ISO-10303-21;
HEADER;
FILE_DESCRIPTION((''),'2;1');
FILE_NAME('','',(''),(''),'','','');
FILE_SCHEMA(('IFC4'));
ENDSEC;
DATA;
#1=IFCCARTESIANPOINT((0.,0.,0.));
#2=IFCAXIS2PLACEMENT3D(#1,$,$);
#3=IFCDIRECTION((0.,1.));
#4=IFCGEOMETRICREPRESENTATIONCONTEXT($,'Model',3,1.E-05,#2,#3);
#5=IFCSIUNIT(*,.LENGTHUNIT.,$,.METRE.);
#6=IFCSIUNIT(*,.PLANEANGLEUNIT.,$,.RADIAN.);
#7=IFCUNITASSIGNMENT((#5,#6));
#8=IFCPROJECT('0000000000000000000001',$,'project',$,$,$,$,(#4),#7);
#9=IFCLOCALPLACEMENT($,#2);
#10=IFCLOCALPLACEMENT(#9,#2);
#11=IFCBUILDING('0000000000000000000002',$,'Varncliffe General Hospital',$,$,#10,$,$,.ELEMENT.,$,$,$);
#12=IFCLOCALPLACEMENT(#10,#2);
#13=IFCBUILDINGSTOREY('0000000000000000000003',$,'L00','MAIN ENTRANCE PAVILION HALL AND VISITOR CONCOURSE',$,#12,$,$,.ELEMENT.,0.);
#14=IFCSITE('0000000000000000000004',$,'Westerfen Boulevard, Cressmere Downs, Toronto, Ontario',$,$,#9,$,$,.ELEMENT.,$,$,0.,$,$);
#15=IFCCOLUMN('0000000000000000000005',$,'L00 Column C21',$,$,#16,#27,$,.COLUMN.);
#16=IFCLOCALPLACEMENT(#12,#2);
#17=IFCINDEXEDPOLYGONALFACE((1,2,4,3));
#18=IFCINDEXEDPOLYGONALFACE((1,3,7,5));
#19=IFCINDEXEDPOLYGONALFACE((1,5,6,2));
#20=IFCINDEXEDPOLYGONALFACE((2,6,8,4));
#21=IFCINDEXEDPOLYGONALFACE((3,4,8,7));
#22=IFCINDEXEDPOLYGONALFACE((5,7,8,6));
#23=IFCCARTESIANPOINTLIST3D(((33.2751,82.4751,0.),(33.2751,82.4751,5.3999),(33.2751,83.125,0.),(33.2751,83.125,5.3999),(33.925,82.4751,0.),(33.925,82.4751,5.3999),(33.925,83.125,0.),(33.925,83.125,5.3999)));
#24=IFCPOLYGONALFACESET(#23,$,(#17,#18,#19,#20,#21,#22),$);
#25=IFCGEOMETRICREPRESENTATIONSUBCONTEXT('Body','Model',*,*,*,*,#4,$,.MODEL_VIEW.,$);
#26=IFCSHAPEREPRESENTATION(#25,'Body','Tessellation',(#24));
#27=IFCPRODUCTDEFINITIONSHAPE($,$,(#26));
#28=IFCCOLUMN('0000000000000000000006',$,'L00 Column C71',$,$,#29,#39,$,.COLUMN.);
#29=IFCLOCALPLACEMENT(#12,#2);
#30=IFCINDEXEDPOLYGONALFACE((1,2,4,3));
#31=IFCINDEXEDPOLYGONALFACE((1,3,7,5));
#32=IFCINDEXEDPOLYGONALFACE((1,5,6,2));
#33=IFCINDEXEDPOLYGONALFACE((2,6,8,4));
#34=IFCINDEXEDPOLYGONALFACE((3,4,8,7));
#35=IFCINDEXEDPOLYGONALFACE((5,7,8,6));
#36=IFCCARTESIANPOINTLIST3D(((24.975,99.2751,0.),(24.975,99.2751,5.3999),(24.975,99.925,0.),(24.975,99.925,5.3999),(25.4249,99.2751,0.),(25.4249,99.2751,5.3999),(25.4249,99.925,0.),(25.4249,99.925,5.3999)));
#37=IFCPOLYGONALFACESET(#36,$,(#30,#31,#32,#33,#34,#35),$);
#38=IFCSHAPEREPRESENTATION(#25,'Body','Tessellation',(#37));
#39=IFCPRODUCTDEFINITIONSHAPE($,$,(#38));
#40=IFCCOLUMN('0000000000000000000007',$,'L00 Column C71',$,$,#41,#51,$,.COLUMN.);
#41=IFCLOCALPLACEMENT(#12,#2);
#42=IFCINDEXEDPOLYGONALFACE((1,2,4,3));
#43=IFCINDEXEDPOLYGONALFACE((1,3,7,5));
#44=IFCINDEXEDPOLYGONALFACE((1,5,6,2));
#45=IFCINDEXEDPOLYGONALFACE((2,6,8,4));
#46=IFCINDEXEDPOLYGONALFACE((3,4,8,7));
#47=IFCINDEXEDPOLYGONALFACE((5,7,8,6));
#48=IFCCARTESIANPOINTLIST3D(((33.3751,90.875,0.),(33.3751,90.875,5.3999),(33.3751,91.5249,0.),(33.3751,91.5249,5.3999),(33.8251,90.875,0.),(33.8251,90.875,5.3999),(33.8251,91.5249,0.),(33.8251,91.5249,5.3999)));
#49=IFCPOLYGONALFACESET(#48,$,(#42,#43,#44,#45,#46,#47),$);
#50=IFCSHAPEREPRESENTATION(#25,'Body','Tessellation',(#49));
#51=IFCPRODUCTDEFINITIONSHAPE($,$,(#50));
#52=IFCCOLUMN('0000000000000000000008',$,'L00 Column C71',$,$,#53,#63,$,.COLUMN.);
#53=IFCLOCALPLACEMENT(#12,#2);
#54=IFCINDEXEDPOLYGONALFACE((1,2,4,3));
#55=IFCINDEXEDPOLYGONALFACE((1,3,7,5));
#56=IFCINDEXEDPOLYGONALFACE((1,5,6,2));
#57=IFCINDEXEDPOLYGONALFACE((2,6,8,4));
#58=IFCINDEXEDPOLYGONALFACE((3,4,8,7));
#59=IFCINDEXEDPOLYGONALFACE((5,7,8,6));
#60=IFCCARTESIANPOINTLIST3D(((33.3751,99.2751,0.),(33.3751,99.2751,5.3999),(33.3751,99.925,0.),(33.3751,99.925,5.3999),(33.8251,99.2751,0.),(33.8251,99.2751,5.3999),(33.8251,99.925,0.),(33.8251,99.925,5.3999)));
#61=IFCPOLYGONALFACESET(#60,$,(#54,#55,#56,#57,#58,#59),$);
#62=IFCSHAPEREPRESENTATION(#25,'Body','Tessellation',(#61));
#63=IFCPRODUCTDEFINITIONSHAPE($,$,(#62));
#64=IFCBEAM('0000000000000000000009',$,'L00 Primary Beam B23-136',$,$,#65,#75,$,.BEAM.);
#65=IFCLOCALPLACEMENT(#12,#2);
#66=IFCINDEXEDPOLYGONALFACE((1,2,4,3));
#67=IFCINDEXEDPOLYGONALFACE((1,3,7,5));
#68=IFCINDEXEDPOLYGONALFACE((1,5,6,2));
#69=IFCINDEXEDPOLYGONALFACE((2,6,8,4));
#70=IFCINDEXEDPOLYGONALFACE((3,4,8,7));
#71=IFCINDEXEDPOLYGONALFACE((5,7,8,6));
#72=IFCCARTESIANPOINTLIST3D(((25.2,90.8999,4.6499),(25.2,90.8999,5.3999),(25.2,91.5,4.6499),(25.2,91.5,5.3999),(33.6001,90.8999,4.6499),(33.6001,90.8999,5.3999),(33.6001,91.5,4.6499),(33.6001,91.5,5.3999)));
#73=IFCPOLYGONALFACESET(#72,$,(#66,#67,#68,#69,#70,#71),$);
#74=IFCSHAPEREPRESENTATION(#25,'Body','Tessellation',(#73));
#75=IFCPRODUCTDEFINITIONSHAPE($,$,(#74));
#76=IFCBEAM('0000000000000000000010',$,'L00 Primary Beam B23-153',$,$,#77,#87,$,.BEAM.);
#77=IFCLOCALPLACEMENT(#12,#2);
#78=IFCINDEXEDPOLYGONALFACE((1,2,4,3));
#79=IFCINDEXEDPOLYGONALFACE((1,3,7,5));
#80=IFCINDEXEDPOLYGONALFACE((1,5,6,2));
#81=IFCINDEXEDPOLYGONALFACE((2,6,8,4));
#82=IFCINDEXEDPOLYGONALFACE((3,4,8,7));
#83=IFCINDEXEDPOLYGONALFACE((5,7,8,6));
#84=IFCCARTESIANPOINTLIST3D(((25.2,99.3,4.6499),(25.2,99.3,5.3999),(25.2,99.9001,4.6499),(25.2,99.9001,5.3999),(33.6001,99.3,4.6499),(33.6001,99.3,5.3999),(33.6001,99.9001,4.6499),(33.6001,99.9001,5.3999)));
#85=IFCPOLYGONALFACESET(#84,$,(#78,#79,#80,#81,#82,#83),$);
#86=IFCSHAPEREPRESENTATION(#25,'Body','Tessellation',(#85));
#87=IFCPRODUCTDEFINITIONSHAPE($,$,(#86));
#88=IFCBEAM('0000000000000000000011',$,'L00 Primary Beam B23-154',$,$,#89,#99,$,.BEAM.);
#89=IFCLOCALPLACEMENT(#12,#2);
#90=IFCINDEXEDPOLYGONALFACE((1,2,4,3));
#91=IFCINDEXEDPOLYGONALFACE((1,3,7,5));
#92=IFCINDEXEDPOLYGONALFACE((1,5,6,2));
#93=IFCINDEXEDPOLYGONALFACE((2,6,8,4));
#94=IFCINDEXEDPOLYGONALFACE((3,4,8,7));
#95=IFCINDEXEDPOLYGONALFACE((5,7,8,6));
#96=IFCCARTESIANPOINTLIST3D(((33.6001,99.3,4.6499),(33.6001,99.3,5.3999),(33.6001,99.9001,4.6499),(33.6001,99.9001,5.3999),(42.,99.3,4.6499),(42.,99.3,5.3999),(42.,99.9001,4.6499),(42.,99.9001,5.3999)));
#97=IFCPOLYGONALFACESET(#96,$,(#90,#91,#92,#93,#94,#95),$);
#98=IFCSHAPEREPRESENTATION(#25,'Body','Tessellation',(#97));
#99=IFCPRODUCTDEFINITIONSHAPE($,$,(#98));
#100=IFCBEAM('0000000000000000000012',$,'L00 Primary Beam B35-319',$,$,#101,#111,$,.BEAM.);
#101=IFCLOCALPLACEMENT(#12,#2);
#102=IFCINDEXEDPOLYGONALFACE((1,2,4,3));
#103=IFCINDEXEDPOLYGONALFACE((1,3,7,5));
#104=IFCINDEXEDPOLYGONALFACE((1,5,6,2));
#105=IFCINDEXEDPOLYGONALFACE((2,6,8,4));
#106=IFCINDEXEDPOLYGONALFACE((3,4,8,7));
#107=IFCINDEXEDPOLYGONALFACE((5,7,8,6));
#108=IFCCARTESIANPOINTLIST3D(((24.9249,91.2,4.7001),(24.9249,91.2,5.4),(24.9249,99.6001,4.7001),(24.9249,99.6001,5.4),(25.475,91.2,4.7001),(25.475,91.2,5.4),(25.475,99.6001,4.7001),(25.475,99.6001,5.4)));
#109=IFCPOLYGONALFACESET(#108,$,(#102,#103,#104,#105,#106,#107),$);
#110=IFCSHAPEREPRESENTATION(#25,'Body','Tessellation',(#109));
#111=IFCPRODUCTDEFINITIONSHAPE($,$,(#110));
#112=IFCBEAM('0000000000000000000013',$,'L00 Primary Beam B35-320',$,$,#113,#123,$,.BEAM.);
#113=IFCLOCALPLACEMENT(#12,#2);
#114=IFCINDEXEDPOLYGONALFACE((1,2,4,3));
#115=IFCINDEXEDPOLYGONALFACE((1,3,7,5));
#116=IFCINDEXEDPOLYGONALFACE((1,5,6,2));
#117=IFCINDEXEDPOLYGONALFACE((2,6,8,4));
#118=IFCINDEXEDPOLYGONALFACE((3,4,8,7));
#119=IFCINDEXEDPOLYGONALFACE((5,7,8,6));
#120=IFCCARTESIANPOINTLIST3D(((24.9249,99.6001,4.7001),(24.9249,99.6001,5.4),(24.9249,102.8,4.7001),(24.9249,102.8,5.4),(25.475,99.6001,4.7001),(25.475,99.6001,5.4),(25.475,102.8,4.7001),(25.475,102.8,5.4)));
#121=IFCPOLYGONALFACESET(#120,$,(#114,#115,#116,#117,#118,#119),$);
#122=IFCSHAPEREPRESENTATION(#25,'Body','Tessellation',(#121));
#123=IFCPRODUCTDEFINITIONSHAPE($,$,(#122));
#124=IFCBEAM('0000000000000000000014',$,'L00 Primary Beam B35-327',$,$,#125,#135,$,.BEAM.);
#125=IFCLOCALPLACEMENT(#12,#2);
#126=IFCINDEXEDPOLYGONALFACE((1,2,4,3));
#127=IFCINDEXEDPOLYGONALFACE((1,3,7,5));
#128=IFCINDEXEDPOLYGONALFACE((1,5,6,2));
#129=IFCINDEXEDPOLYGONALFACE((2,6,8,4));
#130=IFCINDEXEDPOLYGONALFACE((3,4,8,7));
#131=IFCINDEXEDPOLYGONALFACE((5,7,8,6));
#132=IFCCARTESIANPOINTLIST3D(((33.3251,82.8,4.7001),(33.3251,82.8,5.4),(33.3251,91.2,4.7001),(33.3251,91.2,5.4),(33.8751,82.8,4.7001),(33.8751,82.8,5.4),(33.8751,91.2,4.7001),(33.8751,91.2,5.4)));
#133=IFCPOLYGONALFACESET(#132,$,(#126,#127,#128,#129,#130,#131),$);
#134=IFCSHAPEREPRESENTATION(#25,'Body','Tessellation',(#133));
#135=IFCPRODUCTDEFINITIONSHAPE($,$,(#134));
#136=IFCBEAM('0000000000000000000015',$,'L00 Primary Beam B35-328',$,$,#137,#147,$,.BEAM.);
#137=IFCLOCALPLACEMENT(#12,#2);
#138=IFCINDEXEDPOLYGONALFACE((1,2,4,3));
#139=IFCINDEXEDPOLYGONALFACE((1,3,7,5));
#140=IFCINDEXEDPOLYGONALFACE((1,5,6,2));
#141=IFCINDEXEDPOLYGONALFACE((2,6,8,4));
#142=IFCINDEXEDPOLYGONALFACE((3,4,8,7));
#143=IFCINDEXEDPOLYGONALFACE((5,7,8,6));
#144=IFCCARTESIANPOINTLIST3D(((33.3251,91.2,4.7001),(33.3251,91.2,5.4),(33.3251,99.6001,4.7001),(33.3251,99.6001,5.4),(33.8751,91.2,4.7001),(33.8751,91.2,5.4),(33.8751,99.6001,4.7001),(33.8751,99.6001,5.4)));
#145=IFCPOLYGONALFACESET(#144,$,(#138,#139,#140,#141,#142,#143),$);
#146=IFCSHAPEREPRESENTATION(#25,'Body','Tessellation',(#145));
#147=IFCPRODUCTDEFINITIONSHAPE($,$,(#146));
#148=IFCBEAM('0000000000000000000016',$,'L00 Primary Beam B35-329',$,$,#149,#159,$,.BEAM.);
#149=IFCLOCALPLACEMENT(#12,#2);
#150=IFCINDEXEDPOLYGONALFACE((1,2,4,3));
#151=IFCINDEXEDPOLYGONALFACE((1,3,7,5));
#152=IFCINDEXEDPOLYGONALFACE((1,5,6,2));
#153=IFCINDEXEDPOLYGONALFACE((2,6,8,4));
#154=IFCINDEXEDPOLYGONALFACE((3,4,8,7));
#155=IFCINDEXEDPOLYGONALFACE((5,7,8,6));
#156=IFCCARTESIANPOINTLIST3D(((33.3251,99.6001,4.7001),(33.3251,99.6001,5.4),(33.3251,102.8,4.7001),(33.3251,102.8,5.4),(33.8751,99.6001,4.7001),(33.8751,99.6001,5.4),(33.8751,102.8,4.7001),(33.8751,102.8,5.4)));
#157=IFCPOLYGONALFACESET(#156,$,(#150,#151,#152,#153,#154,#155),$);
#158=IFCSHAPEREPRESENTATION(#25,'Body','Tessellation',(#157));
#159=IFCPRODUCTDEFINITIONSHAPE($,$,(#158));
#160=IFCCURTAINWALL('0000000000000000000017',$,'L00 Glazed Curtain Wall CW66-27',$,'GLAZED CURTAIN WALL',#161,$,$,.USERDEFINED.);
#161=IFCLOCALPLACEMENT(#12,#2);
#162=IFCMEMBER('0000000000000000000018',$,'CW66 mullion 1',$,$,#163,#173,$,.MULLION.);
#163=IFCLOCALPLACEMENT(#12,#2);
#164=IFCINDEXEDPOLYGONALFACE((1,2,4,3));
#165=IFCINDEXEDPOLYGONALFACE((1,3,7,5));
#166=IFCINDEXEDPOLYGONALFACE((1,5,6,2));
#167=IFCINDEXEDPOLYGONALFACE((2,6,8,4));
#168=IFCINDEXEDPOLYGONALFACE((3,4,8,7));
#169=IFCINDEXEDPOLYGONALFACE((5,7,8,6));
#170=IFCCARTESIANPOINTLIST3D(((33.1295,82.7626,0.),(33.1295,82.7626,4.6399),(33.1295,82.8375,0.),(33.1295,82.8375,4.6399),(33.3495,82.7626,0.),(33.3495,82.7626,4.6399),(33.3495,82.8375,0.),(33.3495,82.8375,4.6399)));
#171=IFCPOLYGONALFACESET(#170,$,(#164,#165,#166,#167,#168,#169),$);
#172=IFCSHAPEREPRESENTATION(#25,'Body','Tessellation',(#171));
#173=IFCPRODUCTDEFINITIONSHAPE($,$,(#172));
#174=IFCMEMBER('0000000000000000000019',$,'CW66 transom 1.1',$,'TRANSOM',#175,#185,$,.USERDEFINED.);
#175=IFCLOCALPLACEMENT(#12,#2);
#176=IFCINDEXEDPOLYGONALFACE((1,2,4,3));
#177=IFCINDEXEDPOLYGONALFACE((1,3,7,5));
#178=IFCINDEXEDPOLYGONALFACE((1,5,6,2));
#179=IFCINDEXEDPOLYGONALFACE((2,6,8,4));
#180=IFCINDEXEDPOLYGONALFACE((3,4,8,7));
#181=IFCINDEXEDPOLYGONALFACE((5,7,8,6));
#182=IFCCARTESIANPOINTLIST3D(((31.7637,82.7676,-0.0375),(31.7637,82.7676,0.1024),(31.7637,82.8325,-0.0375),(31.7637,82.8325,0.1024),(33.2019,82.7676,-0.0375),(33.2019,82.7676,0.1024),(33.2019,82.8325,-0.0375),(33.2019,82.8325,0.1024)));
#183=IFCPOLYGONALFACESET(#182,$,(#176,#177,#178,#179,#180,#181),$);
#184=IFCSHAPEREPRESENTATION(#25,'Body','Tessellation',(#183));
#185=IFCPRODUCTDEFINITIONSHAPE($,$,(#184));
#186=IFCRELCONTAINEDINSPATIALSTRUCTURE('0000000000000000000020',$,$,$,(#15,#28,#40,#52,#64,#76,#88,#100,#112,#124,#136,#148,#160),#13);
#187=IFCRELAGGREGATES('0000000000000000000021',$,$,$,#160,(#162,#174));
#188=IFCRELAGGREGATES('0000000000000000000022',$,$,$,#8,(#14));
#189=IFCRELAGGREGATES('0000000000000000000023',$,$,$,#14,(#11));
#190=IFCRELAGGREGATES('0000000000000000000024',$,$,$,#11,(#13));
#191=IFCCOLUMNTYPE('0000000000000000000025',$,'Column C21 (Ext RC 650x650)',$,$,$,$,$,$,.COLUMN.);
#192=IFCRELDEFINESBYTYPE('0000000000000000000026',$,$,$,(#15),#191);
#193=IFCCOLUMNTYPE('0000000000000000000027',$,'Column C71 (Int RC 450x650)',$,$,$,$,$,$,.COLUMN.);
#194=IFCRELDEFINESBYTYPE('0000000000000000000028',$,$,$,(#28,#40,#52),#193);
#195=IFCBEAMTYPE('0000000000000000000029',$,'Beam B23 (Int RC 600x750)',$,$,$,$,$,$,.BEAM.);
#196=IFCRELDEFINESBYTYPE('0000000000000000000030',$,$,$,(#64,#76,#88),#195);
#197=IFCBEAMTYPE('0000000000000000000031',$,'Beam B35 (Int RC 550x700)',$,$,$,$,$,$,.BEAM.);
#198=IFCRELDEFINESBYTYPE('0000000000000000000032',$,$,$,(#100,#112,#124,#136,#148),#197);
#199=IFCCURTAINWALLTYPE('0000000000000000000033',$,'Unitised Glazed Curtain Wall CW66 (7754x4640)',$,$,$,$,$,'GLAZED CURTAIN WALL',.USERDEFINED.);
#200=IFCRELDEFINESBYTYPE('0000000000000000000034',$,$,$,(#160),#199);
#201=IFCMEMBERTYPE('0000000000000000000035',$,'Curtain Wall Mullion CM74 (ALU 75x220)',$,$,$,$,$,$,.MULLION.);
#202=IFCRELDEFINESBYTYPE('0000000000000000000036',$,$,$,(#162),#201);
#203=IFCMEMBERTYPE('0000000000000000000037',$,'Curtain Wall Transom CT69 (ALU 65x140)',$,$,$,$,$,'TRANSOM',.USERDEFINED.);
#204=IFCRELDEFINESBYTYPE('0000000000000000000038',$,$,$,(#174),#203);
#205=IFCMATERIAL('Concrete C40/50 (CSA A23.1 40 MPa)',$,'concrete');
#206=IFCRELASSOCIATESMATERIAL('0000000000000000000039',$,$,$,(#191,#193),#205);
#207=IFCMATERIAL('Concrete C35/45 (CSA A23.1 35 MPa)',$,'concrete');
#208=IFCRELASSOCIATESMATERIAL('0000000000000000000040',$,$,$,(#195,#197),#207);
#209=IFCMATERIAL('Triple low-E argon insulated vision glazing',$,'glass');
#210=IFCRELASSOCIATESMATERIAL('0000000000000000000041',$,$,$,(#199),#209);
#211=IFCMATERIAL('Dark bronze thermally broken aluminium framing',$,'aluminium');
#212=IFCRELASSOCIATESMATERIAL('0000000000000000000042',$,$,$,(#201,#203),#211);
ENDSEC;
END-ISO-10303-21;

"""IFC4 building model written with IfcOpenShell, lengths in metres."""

from ifc_helpers import new_model, si_unit, direction, frame, origin, origin_2d, place, context, subcontext, project, spatial, rectangle, extrude, material, material_profile, profile_set, type_object, element, aggregate, save


model = new_model("IFC4")

# Units and contexts
model_context = context("Model", 3, precision=1e-05, world=origin(), true_north=direction((0.0, 1.0)))
body_context = subcontext(model_context, "Body", "Model", "MODEL_VIEW")
ifc_project = project(units=[si_unit("LENGTHUNIT", "METRE"), si_unit("PLANEANGLEUNIT", "RADIAN")], contexts=[model_context])

# Site, building, storey
site_placement = place(None, origin())
site = spatial("IfcSite", under=ifc_project, at=site_placement, Name="Westerfen Boulevard, Cressmere Downs, Toronto, Ontario", CompositionType="ELEMENT", RefElevation=0.0)
building_placement = place(site_placement, origin())
building = spatial("IfcBuilding", under=site, at=building_placement, Name="Varncliffe General Hospital", CompositionType="ELEMENT")
storey_placement = place(building_placement, origin())
storey = spatial("IfcBuildingStorey", under=building, at=storey_placement, Name="L00", Description="MAIN ENTRANCE PAVILION HALL AND VISITOR CONCOURSE", CompositionType="ELEMENT", Elevation=0.0)

# Columns
ifc_material_1 = material(Name="Concrete C40/50 (CSA A23.1 40 MPa)", Category="concrete")
ifc_material_profile_1 = material_profile(ifc_material_1, rectangle(XDim=0.6499, YDim=0.6499, at=origin_2d()), Name="RC 650x650")
ifc_profile_set_1 = profile_set([ifc_material_profile_1], Name="Concrete C40/50 (CSA A23.1 40 MPa)")
column_type_1 = type_object("IfcColumnType", Name="Column C21 (Ext RC 650x650)", PredefinedType="COLUMN", material=ifc_profile_set_1)
column_placement = place(storey_placement, frame((33.6001, 82.8, 0.0), z_axis=(0.0, 0.0, 1.0), x_axis=(1.0, 0.0, 0.0)))
element("IfcColumn", 1, at=column_placement, inside=storey, type_object=column_type_1, Name="L00 Column C21", PredefinedType="COLUMN", context=body_context, shape_type="SweptSolid", body=[
    extrude(rectangle(XDim=0.6499, YDim=0.6499, at=origin_2d()), origin(), (0.0, 0.0, 1.0), 5.3999),
])
ifc_material_profile_2 = material_profile(ifc_material_1, rectangle(XDim=0.45, YDim=0.6499, at=origin_2d()), Name="RC 450x650")
ifc_profile_set_2 = profile_set([ifc_material_profile_2], Name="Concrete C40/50 (CSA A23.1 40 MPa)")
column_type_2 = type_object("IfcColumnType", Name="Column C71 (Int RC 450x650)", PredefinedType="COLUMN", material=ifc_profile_set_2)
for number, where, z_axis, x_axis, name in (
    (2, (25.2, 99.6001, 0.0), (0.0, 0.0, 1.0), (1.0, 0.0, 0.0), "L00 Column C71"),
    (3, (33.6001, 91.2, 0.0), (0.0, 0.0, 1.0), (1.0, 0.0, 0.0), "L00 Column C71"),
    (4, (33.6001, 99.6001, 0.0), (0.0, 0.0, 1.0), (1.0, 0.0, 0.0), "L00 Column C71"),
):
    element("IfcColumn", number, at=place(storey_placement, frame(where, z_axis=z_axis, x_axis=x_axis)), inside=storey, type_object=column_type_2, Name=name, PredefinedType="COLUMN", context=body_context, shape_type="SweptSolid", body=[
        extrude(rectangle(XDim=0.45, YDim=0.6499, at=origin_2d()), origin(), (0.0, 0.0, 1.0), 5.3999),
    ])

# Beams
ifc_material_2 = material(Name="Concrete C35/45 (CSA A23.1 35 MPa)", Category="concrete")
ifc_material_profile_3 = material_profile(ifc_material_2, rectangle(XDim=0.6001, YDim=0.75, at=origin_2d()), Name="RC 600x750")
ifc_profile_set_3 = profile_set([ifc_material_profile_3], Name="Concrete C35/45 (CSA A23.1 35 MPa)")
beam_type_1 = type_object("IfcBeamType", Name="Beam B23 (Int RC 600x750)", PredefinedType="BEAM", material=ifc_profile_set_3)
for number, where, z_axis, x_axis, name in (
    (5, (25.2, 91.2, 5.0249), (1.0, 0.0, 0.0), (0.0, 1.0, 0.0), "L00 Primary Beam B23-136"),
    (6, (25.2, 99.6001, 5.0249), (1.0, 0.0, 0.0), (0.0, 1.0, 0.0), "L00 Primary Beam B23-153"),
):
    element("IfcBeam", number, at=place(storey_placement, frame(where, z_axis=z_axis, x_axis=x_axis)), inside=storey, type_object=beam_type_1, Name=name, PredefinedType="BEAM", context=body_context, shape_type="SweptSolid", body=[
        extrude(rectangle(XDim=0.6001, YDim=0.75, at=origin_2d()), origin(), (0.0, 0.0, 1.0), 8.4001),
    ])
beam_1_placement = place(storey_placement, frame((33.6001, 99.6001, 5.0249), z_axis=(1.0, 0.0, 0.0), x_axis=(0.0, 1.0, 0.0)))
element("IfcBeam", 7, at=beam_1_placement, inside=storey, type_object=beam_type_1, Name="L00 Primary Beam B23-154", PredefinedType="BEAM", context=body_context, shape_type="SweptSolid", body=[
    extrude(rectangle(XDim=0.6001, YDim=0.75, at=origin_2d()), origin(), (0.0, 0.0, 1.0), 8.3999),
])
ifc_material_profile_4 = material_profile(ifc_material_2, rectangle(XDim=0.55, YDim=0.7, at=origin_2d()), Name="RC 550x700")
ifc_profile_set_4 = profile_set([ifc_material_profile_4], Name="Concrete C35/45 (CSA A23.1 35 MPa)")
beam_type_2 = type_object("IfcBeamType", Name="Beam B35 (Int RC 550x700)", PredefinedType="BEAM", material=ifc_profile_set_4)
beam_2_placement = place(storey_placement, frame((25.2, 91.2, 5.05), z_axis=(0.0, 1.0, 0.0), x_axis=(-1.0, 0.0, 0.0)))
element("IfcBeam", 8, at=beam_2_placement, inside=storey, type_object=beam_type_2, Name="L00 Primary Beam B35-319", PredefinedType="BEAM", context=body_context, shape_type="SweptSolid", body=[
    extrude(rectangle(XDim=0.55, YDim=0.7, at=origin_2d()), origin(), (0.0, 0.0, 1.0), 8.4001),
])
beam_3_placement = place(storey_placement, frame((25.2, 99.6001, 5.05), z_axis=(0.0, 1.0, 0.0), x_axis=(-1.0, 0.0, 0.0)))
element("IfcBeam", 9, at=beam_3_placement, inside=storey, type_object=beam_type_2, Name="L00 Primary Beam B35-320", PredefinedType="BEAM", context=body_context, shape_type="SweptSolid", body=[
    extrude(rectangle(XDim=0.55, YDim=0.7, at=origin_2d()), origin(), (0.0, 0.0, 1.0), 3.2),
])
beam_4_placement = place(storey_placement, frame((33.6001, 82.8, 5.05), z_axis=(0.0, 1.0, 0.0), x_axis=(-1.0, 0.0, 0.0)))
element("IfcBeam", 10, at=beam_4_placement, inside=storey, type_object=beam_type_2, Name="L00 Primary Beam B35-327", PredefinedType="BEAM", context=body_context, shape_type="SweptSolid", body=[
    extrude(rectangle(XDim=0.55, YDim=0.7, at=origin_2d()), origin(), (0.0, 0.0, 1.0), 8.3999),
])
beam_5_placement = place(storey_placement, frame((33.6001, 91.2, 5.05), z_axis=(0.0, 1.0, 0.0), x_axis=(-1.0, 0.0, 0.0)))
element("IfcBeam", 11, at=beam_5_placement, inside=storey, type_object=beam_type_2, Name="L00 Primary Beam B35-328", PredefinedType="BEAM", context=body_context, shape_type="SweptSolid", body=[
    extrude(rectangle(XDim=0.55, YDim=0.7, at=origin_2d()), origin(), (0.0, 0.0, 1.0), 8.4001),
])
beam_6_placement = place(storey_placement, frame((33.6001, 99.6001, 5.05), z_axis=(0.0, 1.0, 0.0), x_axis=(-1.0, 0.0, 0.0)))
element("IfcBeam", 12, at=beam_6_placement, inside=storey, type_object=beam_type_2, Name="L00 Primary Beam B35-329", PredefinedType="BEAM", context=body_context, shape_type="SweptSolid", body=[
    extrude(rectangle(XDim=0.55, YDim=0.7, at=origin_2d()), origin(), (0.0, 0.0, 1.0), 3.2),
])

# Curtain wall, members
ifc_material_3 = material(Name="Triple low-E argon insulated vision glazing", Category="glass")
curtain_wall_type = type_object("IfcCurtainWallType", Name="Unitised Glazed Curtain Wall CW66 (7754x4640)", ElementType="GLAZED CURTAIN WALL", PredefinedType="USERDEFINED", material=ifc_material_3)
curtain_wall_placement = place(storey_placement, origin())
curtain_wall = element("IfcCurtainWall", 13, at=curtain_wall_placement, inside=storey, type_object=curtain_wall_type, Name="L00 Glazed Curtain Wall CW66-27", ObjectType="GLAZED CURTAIN WALL", PredefinedType="USERDEFINED")
ifc_material_4 = material(Name="Dark bronze thermally broken aluminium framing", Category="aluminium")
ifc_material_profile_5 = material_profile(ifc_material_4, rectangle(XDim=0.075, YDim=0.22, at=origin_2d()), Name="ALU 75x220")
ifc_profile_set_5 = profile_set([ifc_material_profile_5], Name="Dark bronze thermally broken aluminium framing")
member_type_1 = type_object("IfcMemberType", Name="Curtain Wall Mullion CM74 (ALU 75x220)", PredefinedType="MULLION", material=ifc_profile_set_5)
member_1_placement = place(storey_placement, frame((33.2395, 82.8, 0.0), z_axis=(0.0, 0.0, 1.0), x_axis=(0.0, -1.0, 0.0)))
member_1 = element("IfcMember", 14, at=member_1_placement, type_object=member_type_1, Name="CW66 mullion 1", PredefinedType="MULLION", context=body_context, shape_type="SweptSolid", body=[
    extrude(rectangle(XDim=0.075, YDim=0.22, at=origin_2d()), origin(), (0.0, 0.0, 1.0), 4.6399),
])
ifc_material_profile_6 = material_profile(ifc_material_4, rectangle(XDim=0.0649, YDim=0.1399, at=origin_2d()), Name="ALU 65x140")
ifc_profile_set_6 = profile_set([ifc_material_profile_6], Name="Dark bronze thermally broken aluminium framing")
member_type_2 = type_object("IfcMemberType", Name="Curtain Wall Transom CT69 (ALU 65x140)", ElementType="TRANSOM", PredefinedType="USERDEFINED", material=ifc_profile_set_6)
member_2_placement = place(storey_placement, frame((33.2019, 82.8, 0.0325), z_axis=(-1.0, 0.0, 0.0), x_axis=(0.0, -1.0, 0.0)))
member_2 = element("IfcMember", 15, at=member_2_placement, type_object=member_type_2, Name="CW66 transom 1.1", ObjectType="TRANSOM", PredefinedType="USERDEFINED", context=body_context, shape_type="SweptSolid", body=[
    extrude(rectangle(XDim=0.0649, YDim=0.1399, at=origin_2d()), origin(), (0.0, 0.0, 1.0), 1.4382),
])
aggregate(curtain_wall, [member_1, member_2])

save(model, "model.ifc")
